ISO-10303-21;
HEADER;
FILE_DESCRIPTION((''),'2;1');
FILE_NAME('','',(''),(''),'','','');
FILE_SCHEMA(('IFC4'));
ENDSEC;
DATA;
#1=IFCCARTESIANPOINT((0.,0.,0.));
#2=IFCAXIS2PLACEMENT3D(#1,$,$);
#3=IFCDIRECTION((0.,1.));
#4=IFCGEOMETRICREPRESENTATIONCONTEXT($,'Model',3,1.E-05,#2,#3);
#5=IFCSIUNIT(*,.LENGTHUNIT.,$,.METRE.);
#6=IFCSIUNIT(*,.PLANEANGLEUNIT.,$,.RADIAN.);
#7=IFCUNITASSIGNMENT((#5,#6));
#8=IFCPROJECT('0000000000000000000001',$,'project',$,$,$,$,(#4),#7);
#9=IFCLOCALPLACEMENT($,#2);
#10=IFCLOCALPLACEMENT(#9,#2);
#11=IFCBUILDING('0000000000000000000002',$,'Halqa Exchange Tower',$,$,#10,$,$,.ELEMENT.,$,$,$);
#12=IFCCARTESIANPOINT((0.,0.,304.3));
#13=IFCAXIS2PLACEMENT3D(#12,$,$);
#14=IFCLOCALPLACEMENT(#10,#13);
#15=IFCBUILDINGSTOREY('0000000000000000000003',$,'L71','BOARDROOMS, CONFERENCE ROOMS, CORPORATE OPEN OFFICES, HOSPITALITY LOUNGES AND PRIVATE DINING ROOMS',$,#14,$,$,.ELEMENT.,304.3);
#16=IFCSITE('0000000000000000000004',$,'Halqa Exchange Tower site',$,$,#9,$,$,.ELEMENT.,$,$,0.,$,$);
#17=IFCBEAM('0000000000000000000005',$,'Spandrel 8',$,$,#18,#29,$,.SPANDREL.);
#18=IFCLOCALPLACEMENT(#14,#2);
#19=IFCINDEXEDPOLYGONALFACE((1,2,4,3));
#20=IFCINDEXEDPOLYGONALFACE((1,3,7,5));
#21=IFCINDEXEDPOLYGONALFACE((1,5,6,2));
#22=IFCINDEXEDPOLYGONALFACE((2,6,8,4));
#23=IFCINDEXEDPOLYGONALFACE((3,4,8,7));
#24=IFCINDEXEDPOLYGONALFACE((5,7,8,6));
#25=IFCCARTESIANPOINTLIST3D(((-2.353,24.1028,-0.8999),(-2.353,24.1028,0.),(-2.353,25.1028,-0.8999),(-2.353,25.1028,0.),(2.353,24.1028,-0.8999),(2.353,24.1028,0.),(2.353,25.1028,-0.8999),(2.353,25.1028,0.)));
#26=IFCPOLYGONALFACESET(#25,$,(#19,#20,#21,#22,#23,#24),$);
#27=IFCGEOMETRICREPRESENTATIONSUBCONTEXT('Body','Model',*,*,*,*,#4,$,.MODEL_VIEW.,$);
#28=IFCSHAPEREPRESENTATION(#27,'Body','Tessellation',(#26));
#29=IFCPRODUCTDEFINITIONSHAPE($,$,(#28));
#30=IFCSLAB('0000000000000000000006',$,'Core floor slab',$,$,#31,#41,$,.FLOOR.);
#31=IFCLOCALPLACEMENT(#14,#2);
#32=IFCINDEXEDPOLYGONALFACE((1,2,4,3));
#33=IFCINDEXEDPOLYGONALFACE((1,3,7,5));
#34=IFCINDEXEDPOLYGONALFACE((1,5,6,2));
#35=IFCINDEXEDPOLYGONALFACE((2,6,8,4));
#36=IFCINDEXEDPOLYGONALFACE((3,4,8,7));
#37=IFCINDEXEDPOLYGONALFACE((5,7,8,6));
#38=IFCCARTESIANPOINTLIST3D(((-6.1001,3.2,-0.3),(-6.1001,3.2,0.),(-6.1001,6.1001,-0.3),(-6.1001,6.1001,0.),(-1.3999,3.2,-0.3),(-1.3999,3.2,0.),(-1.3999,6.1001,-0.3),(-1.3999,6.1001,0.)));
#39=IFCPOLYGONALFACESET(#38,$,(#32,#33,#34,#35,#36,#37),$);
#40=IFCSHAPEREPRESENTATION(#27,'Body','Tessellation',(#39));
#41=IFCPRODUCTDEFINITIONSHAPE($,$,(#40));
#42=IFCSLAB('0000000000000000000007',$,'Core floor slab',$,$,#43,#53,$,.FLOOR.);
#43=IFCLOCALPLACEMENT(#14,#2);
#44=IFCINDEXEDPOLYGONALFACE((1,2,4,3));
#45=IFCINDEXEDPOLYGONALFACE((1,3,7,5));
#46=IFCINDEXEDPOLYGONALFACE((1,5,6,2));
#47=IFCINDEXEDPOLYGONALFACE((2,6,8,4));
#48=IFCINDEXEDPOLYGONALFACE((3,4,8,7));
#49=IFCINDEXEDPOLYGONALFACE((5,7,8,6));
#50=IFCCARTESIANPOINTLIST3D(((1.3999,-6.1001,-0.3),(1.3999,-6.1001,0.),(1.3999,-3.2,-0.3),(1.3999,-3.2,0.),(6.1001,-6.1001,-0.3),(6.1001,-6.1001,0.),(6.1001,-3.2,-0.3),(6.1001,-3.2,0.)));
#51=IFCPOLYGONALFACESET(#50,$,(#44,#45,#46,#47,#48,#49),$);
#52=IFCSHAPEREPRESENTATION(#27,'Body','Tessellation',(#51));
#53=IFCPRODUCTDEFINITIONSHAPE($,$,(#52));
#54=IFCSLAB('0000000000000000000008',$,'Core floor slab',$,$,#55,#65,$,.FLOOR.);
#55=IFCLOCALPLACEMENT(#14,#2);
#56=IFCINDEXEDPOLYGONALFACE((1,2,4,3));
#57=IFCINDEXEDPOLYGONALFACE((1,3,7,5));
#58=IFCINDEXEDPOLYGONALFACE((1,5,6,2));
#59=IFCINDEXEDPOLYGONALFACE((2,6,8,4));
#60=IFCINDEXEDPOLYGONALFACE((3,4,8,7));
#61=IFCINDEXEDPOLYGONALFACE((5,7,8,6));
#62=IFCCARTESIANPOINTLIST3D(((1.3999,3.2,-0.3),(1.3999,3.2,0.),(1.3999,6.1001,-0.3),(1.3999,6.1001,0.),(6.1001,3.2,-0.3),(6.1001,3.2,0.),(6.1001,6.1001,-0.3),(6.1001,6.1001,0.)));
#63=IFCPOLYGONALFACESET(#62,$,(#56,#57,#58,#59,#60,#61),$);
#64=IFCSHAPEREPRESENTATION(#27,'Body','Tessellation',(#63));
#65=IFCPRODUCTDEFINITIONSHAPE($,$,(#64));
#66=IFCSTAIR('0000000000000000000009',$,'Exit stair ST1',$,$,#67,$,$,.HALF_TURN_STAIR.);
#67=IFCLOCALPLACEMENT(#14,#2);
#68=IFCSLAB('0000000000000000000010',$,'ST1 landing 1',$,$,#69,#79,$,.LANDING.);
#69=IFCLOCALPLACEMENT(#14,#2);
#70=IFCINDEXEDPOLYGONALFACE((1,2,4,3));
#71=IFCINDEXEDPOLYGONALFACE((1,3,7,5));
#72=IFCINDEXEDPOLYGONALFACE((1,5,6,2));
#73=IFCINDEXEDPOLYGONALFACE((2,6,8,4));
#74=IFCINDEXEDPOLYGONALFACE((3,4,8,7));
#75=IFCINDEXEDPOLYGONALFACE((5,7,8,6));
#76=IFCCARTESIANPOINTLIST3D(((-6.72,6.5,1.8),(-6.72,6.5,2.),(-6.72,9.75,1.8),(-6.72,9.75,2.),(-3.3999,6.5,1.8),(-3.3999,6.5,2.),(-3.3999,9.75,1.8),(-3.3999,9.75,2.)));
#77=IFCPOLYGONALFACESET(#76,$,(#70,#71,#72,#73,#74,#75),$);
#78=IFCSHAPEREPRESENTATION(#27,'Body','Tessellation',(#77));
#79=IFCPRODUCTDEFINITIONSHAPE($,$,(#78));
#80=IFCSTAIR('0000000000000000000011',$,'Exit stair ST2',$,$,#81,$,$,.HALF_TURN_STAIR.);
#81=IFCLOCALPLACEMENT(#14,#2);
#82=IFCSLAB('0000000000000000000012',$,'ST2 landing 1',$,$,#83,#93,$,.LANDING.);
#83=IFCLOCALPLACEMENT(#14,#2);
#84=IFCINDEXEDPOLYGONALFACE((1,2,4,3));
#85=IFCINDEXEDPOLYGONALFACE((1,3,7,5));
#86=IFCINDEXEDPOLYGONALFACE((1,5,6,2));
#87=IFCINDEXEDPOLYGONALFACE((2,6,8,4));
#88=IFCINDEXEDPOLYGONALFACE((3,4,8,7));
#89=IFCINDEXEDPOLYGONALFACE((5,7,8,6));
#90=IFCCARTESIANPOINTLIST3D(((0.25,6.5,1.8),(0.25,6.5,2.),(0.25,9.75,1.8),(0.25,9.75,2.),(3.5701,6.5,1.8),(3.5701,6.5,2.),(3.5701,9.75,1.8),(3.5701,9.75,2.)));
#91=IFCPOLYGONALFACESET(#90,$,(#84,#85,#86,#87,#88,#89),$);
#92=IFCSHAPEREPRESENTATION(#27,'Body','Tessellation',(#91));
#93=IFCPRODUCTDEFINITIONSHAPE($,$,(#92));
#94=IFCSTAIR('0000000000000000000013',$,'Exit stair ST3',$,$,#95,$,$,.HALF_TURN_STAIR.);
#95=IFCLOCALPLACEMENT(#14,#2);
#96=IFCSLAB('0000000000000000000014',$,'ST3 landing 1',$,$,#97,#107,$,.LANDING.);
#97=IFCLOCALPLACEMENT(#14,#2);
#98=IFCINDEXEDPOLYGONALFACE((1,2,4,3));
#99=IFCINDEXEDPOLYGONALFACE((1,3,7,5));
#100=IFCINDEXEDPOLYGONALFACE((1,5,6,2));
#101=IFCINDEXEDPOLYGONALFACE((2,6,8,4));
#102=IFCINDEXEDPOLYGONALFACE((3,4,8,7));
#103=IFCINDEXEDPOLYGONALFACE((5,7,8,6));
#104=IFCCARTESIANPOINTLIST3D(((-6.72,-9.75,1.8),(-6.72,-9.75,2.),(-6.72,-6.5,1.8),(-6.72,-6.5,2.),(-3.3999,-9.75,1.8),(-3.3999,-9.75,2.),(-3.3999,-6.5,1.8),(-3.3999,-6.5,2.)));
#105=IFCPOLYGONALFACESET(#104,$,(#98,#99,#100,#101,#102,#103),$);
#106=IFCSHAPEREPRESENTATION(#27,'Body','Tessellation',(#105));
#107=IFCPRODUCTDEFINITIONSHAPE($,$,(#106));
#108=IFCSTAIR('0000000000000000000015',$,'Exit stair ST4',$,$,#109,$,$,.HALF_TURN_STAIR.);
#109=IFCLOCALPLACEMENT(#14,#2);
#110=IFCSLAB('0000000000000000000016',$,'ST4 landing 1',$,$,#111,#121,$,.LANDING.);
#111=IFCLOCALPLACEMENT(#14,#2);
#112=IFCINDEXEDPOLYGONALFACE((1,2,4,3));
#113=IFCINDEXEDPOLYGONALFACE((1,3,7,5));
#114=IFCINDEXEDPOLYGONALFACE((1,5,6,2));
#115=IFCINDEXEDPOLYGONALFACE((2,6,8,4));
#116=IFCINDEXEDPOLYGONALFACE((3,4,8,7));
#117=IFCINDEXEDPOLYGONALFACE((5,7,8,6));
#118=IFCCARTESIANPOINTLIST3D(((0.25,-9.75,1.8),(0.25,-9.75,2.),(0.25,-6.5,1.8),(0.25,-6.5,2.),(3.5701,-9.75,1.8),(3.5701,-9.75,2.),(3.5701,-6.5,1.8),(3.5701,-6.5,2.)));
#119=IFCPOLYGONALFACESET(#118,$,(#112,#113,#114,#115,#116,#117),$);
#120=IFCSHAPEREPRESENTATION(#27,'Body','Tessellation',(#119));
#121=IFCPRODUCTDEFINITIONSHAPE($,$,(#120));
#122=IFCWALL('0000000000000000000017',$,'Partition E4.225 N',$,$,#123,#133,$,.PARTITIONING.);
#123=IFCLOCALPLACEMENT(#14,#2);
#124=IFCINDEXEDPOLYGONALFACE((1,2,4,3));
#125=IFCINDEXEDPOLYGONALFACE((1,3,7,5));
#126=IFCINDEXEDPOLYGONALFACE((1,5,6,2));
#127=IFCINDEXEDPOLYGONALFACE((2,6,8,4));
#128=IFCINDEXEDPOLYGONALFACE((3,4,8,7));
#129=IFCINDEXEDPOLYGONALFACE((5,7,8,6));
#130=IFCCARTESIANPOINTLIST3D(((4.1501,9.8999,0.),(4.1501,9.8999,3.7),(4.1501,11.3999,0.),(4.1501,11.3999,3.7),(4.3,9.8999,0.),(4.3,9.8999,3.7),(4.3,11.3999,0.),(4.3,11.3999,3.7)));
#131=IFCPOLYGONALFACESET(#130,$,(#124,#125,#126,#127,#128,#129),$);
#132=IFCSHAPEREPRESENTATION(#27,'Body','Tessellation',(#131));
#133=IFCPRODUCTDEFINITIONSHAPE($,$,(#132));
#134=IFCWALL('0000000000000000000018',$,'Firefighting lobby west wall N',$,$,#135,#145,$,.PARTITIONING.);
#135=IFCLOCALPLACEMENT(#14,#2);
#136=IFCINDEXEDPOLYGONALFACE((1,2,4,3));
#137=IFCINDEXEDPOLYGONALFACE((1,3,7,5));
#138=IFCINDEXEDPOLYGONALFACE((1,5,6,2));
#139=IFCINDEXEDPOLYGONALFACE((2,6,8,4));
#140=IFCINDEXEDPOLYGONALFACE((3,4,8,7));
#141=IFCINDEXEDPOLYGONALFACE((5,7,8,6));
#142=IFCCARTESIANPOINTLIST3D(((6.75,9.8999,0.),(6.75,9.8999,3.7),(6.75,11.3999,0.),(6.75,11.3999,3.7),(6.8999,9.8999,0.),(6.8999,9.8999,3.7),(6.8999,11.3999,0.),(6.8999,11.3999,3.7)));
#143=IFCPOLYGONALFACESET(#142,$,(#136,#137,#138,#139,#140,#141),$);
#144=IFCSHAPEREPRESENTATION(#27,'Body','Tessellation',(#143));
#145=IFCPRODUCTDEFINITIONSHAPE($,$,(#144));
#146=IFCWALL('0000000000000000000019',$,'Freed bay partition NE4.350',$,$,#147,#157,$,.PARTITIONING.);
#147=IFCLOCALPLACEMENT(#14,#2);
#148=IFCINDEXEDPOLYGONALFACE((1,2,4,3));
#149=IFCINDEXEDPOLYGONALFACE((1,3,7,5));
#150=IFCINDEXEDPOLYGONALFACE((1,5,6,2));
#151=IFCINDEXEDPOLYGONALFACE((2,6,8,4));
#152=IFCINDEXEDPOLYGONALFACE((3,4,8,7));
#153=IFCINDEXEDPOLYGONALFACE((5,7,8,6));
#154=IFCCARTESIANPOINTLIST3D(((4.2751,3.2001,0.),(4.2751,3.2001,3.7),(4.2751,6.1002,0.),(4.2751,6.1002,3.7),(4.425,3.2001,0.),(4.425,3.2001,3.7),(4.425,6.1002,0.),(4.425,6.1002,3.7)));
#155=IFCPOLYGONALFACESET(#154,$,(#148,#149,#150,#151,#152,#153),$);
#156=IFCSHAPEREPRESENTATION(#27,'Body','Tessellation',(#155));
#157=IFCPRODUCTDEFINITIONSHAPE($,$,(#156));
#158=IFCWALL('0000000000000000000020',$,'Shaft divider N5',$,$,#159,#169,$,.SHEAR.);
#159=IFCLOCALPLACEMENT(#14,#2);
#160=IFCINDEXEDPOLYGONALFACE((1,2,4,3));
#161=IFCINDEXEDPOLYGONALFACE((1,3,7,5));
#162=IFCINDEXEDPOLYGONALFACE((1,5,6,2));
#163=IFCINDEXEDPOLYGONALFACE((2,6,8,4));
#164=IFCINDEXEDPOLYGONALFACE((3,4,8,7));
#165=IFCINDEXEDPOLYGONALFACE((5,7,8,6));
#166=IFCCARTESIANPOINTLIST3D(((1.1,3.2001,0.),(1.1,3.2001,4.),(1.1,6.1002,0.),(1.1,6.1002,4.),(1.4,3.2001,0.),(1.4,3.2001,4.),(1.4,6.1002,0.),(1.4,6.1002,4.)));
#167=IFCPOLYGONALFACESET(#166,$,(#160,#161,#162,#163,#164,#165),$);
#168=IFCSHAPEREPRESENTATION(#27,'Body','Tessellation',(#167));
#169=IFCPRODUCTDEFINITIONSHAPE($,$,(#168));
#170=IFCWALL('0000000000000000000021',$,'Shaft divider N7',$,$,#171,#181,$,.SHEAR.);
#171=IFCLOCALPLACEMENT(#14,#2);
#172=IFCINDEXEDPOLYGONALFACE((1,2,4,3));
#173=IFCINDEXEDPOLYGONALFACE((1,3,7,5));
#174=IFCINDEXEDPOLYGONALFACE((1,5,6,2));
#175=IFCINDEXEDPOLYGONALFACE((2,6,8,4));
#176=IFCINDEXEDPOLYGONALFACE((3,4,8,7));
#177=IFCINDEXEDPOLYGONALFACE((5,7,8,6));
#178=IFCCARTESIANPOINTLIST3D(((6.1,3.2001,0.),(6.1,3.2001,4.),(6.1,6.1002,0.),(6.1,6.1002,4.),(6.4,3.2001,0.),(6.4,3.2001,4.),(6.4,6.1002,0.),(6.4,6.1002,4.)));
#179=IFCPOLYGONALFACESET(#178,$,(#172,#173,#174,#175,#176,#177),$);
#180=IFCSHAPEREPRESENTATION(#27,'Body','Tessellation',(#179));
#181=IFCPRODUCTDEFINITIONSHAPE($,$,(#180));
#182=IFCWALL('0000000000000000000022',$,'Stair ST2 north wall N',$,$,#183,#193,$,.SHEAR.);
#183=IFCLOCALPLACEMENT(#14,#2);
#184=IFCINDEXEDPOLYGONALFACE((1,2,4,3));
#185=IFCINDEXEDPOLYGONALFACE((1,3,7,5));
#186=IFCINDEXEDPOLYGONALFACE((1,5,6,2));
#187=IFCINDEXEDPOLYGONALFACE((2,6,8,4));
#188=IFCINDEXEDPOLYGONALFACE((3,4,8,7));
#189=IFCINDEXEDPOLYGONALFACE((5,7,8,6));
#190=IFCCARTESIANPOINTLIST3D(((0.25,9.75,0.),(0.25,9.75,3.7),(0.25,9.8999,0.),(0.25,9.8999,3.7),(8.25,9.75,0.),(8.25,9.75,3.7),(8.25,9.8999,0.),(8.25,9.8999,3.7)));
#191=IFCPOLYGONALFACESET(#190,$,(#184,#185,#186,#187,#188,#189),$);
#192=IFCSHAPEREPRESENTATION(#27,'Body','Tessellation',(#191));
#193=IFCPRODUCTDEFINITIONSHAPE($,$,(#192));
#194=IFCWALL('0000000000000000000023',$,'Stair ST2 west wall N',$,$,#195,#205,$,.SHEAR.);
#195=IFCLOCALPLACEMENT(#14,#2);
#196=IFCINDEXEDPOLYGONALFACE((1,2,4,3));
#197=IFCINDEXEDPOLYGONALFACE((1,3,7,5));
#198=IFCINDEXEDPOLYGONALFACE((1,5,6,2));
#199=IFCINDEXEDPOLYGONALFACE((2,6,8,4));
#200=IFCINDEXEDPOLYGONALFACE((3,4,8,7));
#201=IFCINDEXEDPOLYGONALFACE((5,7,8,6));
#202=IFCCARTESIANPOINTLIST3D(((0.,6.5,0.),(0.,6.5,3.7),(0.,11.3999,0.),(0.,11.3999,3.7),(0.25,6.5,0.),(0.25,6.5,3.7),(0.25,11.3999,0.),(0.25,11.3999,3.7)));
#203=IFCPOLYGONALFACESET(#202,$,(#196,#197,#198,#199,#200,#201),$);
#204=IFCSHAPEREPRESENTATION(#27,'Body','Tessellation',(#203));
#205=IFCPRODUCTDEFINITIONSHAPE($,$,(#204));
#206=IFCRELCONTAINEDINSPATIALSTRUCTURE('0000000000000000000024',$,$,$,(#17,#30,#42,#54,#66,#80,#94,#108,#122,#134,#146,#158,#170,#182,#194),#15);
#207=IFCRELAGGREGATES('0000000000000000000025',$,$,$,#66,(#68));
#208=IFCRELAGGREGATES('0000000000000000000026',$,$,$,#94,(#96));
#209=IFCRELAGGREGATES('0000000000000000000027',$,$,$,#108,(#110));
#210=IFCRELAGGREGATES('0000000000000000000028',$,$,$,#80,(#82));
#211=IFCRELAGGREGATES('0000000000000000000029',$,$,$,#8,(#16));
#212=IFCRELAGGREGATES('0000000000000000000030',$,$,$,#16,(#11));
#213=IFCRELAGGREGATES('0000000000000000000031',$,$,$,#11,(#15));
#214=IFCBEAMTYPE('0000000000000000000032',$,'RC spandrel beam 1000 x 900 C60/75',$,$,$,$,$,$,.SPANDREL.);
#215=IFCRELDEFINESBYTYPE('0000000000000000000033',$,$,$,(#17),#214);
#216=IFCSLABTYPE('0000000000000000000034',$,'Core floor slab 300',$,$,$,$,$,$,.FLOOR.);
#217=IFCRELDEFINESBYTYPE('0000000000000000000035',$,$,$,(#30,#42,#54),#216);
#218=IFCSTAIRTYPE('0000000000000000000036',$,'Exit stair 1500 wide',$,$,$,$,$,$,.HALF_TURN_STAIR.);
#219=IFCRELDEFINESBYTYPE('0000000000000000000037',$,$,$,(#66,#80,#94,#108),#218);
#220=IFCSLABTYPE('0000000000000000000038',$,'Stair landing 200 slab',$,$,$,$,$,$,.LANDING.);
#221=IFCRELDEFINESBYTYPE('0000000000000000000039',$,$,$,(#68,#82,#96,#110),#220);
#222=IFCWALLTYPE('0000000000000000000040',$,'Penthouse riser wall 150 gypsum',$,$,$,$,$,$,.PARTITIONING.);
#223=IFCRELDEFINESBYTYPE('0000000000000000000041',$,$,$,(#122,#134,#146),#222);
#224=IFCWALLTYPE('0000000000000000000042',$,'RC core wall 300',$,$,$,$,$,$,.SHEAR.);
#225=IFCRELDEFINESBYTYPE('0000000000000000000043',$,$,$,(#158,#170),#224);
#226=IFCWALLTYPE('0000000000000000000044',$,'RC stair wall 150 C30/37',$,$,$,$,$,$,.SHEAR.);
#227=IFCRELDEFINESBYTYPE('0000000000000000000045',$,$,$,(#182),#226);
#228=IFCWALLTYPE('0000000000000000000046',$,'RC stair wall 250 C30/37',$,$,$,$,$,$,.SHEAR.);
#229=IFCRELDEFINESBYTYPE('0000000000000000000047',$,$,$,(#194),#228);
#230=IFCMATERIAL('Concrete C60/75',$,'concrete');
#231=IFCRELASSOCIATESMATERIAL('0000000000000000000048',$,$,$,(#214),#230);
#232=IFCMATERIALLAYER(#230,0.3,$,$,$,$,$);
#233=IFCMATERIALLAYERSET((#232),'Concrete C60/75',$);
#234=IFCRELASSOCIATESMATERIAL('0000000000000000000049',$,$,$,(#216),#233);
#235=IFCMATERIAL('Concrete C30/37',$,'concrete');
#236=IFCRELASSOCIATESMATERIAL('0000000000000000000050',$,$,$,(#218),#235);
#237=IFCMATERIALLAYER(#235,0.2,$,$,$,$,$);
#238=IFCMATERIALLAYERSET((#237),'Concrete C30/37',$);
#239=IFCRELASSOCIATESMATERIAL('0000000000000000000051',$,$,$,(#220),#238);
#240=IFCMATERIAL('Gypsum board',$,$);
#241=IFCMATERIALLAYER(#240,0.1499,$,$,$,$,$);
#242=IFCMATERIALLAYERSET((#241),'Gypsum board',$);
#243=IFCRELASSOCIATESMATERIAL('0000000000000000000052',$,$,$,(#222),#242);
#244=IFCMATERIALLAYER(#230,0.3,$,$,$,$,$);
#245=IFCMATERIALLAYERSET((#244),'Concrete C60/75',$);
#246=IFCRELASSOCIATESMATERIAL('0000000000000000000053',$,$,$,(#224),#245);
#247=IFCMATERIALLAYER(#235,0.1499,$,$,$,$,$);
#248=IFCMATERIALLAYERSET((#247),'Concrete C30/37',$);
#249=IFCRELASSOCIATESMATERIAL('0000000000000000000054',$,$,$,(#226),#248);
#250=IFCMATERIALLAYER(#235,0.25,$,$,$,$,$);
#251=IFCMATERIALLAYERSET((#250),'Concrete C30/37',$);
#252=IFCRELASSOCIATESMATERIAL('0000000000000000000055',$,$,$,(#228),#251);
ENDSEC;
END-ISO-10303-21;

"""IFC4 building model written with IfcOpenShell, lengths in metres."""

from ifc_helpers import new_model, si_unit, direction, frame, frame_2d, origin, origin_2d, place, context, subcontext, project, spatial, polyline, rectangle, outline, extrude, material, layer, layer_set, material_profile, profile_set, type_object, element, aggregate, save


model = new_model("IFC4")

# Units and contexts
model_context = context("Model", 3, precision=1e-05, world=origin(), true_north=direction((0.0, 1.0)))
body_context = subcontext(model_context, "Body", "Model", "MODEL_VIEW")
ifc_project = project(units=[si_unit("LENGTHUNIT", "METRE"), si_unit("PLANEANGLEUNIT", "RADIAN")], contexts=[model_context])

# Site, building, storey
site_placement = place(None, origin())
site = spatial("IfcSite", under=ifc_project, at=site_placement, Name="Halqa Exchange Tower site", CompositionType="ELEMENT", RefElevation=0.0)
building_placement = place(site_placement, origin())
building = spatial("IfcBuilding", under=site, at=building_placement, Name="Halqa Exchange Tower", CompositionType="ELEMENT")
storey_placement = place(building_placement, frame((0.0, 0.0, 304.3)))
storey = spatial("IfcBuildingStorey", under=building, at=storey_placement, Name="L71", Description="BOARDROOMS, CONFERENCE ROOMS, CORPORATE OPEN OFFICES, HOSPITALITY LOUNGES AND PRIVATE DINING ROOMS", CompositionType="ELEMENT", Elevation=304.3)

# Beam
ifc_material_1 = material(Name="Concrete C60/75", Category="concrete")
ifc_material_profile_1 = material_profile(ifc_material_1, rectangle(XDim=1.0, YDim=0.8999, at=origin_2d()), Name="1000 x 900")
ifc_profile_set_1 = profile_set([ifc_material_profile_1], Name="Concrete C60/75")
beam_type_1 = type_object("IfcBeamType", Name="RC spandrel beam 1000 x 900 C60/75", PredefinedType="SPANDREL", material=ifc_profile_set_1)
beam_1_placement = place(storey_placement, frame((2.353, 24.6028, -0.45), z_axis=(-1.0, 0.0, 0.0), x_axis=(0.0, -1.0, 0.0)))
element("IfcBeam", 1, at=beam_1_placement, inside=storey, type_object=beam_type_1, Name="Spandrel 8", PredefinedType="SPANDREL", context=body_context, shape_type="SweptSolid", body=[
    extrude(rectangle(XDim=1.0, YDim=0.8999, at=origin_2d()), origin(), (0.0, 0.0, 1.0), 4.7061),
])

# Slabs
ifc_layer_1 = layer(ifc_material_1, 0.3)
ifc_layer_set_1 = layer_set([ifc_layer_1], Name="Concrete C60/75")
slab_type_1 = type_object("IfcSlabType", Name="Core floor slab 300", PredefinedType="FLOOR", material=ifc_layer_set_1)
slab_1_placement = place(storey_placement, frame((0.0, 0.0, -0.3)))
element("IfcSlab", 2, at=slab_1_placement, inside=storey, type_object=slab_type_1, Name="Core floor slab", PredefinedType="FLOOR", context=body_context, shape_type="SweptSolid", body=[
    extrude(outline(polyline([(-1.3999, 3.2), (-6.1001, 3.2), (-6.1001, 6.1001), (-1.3999, 6.1001), (-1.3999, 3.2)])), origin(), (0.0, 0.0, 1.0), 0.3),
])
slab_2_placement = place(storey_placement, frame((0.0, 0.0, -0.3)))
element("IfcSlab", 3, at=slab_2_placement, inside=storey, type_object=slab_type_1, Name="Core floor slab", PredefinedType="FLOOR", context=body_context, shape_type="SweptSolid", body=[
    extrude(outline(polyline([(6.1001, -3.2), (6.1001, -6.1001), (1.3999, -6.1001), (1.3999, -3.2), (6.1001, -3.2)])), origin(), (0.0, 0.0, 1.0), 0.3),
])
slab_3_placement = place(storey_placement, frame((0.0, 0.0, -0.3)))
element("IfcSlab", 4, at=slab_3_placement, inside=storey, type_object=slab_type_1, Name="Core floor slab", PredefinedType="FLOOR", context=body_context, shape_type="SweptSolid", body=[
    extrude(outline(polyline([(6.1001, 6.1001), (6.1001, 3.2), (1.3999, 3.2), (1.3999, 6.1001), (6.1001, 6.1001)])), origin(), (0.0, 0.0, 1.0), 0.3),
])

# Stairs, slabs
ifc_material_2 = material(Name="Concrete C30/37", Category="concrete")
stair_type = type_object("IfcStairType", Name="Exit stair 1500 wide", PredefinedType="HALF_TURN_STAIR", material=ifc_material_2)
stair_1_placement = place(storey_placement, origin())
stair_1 = element("IfcStair", 5, at=stair_1_placement, inside=storey, type_object=stair_type, Name="Exit stair ST1", PredefinedType="HALF_TURN_STAIR")
ifc_layer_2 = layer(ifc_material_2, 0.2)
ifc_layer_set_2 = layer_set([ifc_layer_2], Name="Concrete C30/37")
slab_type_2 = type_object("IfcSlabType", Name="Stair landing 200 slab", PredefinedType="LANDING", material=ifc_layer_set_2)
slab_4_placement = place(storey_placement, frame((0.0, 0.0, 1.8)))
slab_4 = element("IfcSlab", 6, at=slab_4_placement, type_object=slab_type_2, Name="ST1 landing 1", PredefinedType="LANDING", context=body_context, shape_type="SweptSolid", body=[
    extrude(outline(polyline([(-6.72, 6.5), (-3.3999, 6.5), (-3.3999, 9.75), (-6.72, 9.75), (-6.72, 6.5)])), origin(), (0.0, 0.0, 1.0), 0.2),
])
aggregate(stair_1, [slab_4])
stair_2_placement = place(storey_placement, origin())
stair_2 = element("IfcStair", 7, at=stair_2_placement, inside=storey, type_object=stair_type, Name="Exit stair ST2", PredefinedType="HALF_TURN_STAIR")
slab_5_placement = place(storey_placement, frame((0.0, 0.0, 1.8)))
slab_5 = element("IfcSlab", 8, at=slab_5_placement, type_object=slab_type_2, Name="ST2 landing 1", PredefinedType="LANDING", context=body_context, shape_type="SweptSolid", body=[
    extrude(outline(polyline([(0.25, 6.5), (3.5701, 6.5), (3.5701, 9.75), (0.25, 9.75), (0.25, 6.5)])), origin(), (0.0, 0.0, 1.0), 0.2),
])
stair_3_placement = place(storey_placement, origin())
stair_3 = element("IfcStair", 9, at=stair_3_placement, inside=storey, type_object=stair_type, Name="Exit stair ST3", PredefinedType="HALF_TURN_STAIR")
slab_6_placement = place(storey_placement, frame((0.0, 0.0, 1.8)))
slab_6 = element("IfcSlab", 10, at=slab_6_placement, type_object=slab_type_2, Name="ST3 landing 1", PredefinedType="LANDING", context=body_context, shape_type="SweptSolid", body=[
    extrude(outline(polyline([(-6.72, -9.75), (-3.3999, -9.75), (-3.3999, -6.5), (-6.72, -6.5), (-6.72, -9.75)])), origin(), (0.0, 0.0, 1.0), 0.2),
])
aggregate(stair_3, [slab_6])
stair_4_placement = place(storey_placement, origin())
stair_4 = element("IfcStair", 11, at=stair_4_placement, inside=storey, type_object=stair_type, Name="Exit stair ST4", PredefinedType="HALF_TURN_STAIR")
slab_7_placement = place(storey_placement, frame((0.0, 0.0, 1.8)))
slab_7 = element("IfcSlab", 12, at=slab_7_placement, type_object=slab_type_2, Name="ST4 landing 1", PredefinedType="LANDING", context=body_context, shape_type="SweptSolid", body=[
    extrude(outline(polyline([(0.25, -9.75), (3.5701, -9.75), (3.5701, -6.5), (0.25, -6.5), (0.25, -9.75)])), origin(), (0.0, 0.0, 1.0), 0.2),
])
aggregate(stair_4, [slab_7])

# Walls
ifc_material_3 = material(Name="Gypsum board")
ifc_layer_3 = layer(ifc_material_3, 0.1499)
ifc_layer_set_3 = layer_set([ifc_layer_3], Name="Gypsum board")
wall_type_1 = type_object("IfcWallType", Name="Penthouse riser wall 150 gypsum", PredefinedType="PARTITIONING", material=ifc_layer_set_3)
for number, where, z_axis, x_axis, name in (
    (13, (4.2251, 9.8999, 0.0), (0.0, 0.0, 1.0), (0.0, 1.0, 0.0), "Partition E4.225 N"),
    (14, (6.825, 9.8999, 0.0), (0.0, 0.0, 1.0), (0.0, 1.0, 0.0), "Firefighting lobby west wall N"),
):
    element("IfcWall", number, at=place(storey_placement, frame(where, z_axis=z_axis, x_axis=x_axis)), inside=storey, type_object=wall_type_1, Name=name, PredefinedType="PARTITIONING", context=body_context, shape_type="SweptSolid", body=[
        extrude(rectangle(XDim=1.5, YDim=0.1499, at=frame_2d((0.75, 0.0))), origin(), (0.0, 0.0, 1.0), 3.7),
    ])
wall_1_placement = place(storey_placement, frame((4.3501, 3.2, 0.0), z_axis=(0.0, 0.0, 1.0), x_axis=(0.0, 1.0, 0.0)))
element("IfcWall", 15, at=wall_1_placement, inside=storey, type_object=wall_type_1, Name="Freed bay partition NE4.350", PredefinedType="PARTITIONING", context=body_context, shape_type="SweptSolid", body=[
    extrude(rectangle(XDim=2.9001, YDim=0.1499, at=frame_2d((1.4502, 0.0))), origin(), (0.0, 0.0, 1.0), 3.7),
])
ifc_layer_4 = layer(ifc_material_1, 0.3)
ifc_layer_set_4 = layer_set([ifc_layer_4], Name="Concrete C60/75")
wall_type_2 = type_object("IfcWallType", Name="RC core wall 300", PredefinedType="SHEAR", material=ifc_layer_set_4)
for number, where, z_axis, x_axis, name in (
    (16, (1.25, 3.2, 0.0), (0.0, 0.0, 1.0), (0.0, 1.0, 0.0), "Shaft divider N5"),
    (17, (6.25, 3.2, 0.0), (0.0, 0.0, 1.0), (0.0, 1.0, 0.0), "Shaft divider N7"),
):
    element("IfcWall", number, at=place(storey_placement, frame(where, z_axis=z_axis, x_axis=x_axis)), inside=storey, type_object=wall_type_2, Name=name, PredefinedType="SHEAR", context=body_context, shape_type="SweptSolid", body=[
        extrude(rectangle(XDim=2.9001, YDim=0.3, at=frame_2d((1.4502, 0.0))), origin(), (0.0, 0.0, 1.0), 4.0),
    ])
ifc_layer_5 = layer(ifc_material_2, 0.1499)
ifc_layer_set_5 = layer_set([ifc_layer_5], Name="Concrete C30/37")
wall_type_3 = type_object("IfcWallType", Name="RC stair wall 150 C30/37", PredefinedType="SHEAR", material=ifc_layer_set_5)
wall_2_placement = place(storey_placement, frame((0.25, 9.825, 0.0), z_axis=(0.0, 0.0, 1.0), x_axis=(1.0, 0.0, 0.0)))
element("IfcWall", 18, at=wall_2_placement, inside=storey, type_object=wall_type_3, Name="Stair ST2 north wall N", PredefinedType="SHEAR", context=body_context, shape_type="SweptSolid", body=[
    extrude(rectangle(XDim=8.0, YDim=0.1499, at=frame_2d((4.0, 0.0))), origin(), (0.0, 0.0, 1.0), 3.7),
])
ifc_layer_6 = layer(ifc_material_2, 0.25)
ifc_layer_set_6 = layer_set([ifc_layer_6], Name="Concrete C30/37")
wall_type_4 = type_object("IfcWallType", Name="RC stair wall 250 C30/37", PredefinedType="SHEAR", material=ifc_layer_set_6)
wall_3_placement = place(storey_placement, frame((0.125, 6.5, 0.0), z_axis=(0.0, 0.0, 1.0), x_axis=(0.0, 1.0, 0.0)))
element("IfcWall", 19, at=wall_3_placement, inside=storey, type_object=wall_type_4, Name="Stair ST2 west wall N", PredefinedType="SHEAR", context=body_context, shape_type="SweptSolid", body=[
    extrude(rectangle(XDim=4.8999, YDim=0.25, at=frame_2d((2.45, 0.0))), origin(), (0.0, 0.0, 1.0), 3.7),
])

aggregate(stair_2, [slab_5])

save(model, "model.ifc")
